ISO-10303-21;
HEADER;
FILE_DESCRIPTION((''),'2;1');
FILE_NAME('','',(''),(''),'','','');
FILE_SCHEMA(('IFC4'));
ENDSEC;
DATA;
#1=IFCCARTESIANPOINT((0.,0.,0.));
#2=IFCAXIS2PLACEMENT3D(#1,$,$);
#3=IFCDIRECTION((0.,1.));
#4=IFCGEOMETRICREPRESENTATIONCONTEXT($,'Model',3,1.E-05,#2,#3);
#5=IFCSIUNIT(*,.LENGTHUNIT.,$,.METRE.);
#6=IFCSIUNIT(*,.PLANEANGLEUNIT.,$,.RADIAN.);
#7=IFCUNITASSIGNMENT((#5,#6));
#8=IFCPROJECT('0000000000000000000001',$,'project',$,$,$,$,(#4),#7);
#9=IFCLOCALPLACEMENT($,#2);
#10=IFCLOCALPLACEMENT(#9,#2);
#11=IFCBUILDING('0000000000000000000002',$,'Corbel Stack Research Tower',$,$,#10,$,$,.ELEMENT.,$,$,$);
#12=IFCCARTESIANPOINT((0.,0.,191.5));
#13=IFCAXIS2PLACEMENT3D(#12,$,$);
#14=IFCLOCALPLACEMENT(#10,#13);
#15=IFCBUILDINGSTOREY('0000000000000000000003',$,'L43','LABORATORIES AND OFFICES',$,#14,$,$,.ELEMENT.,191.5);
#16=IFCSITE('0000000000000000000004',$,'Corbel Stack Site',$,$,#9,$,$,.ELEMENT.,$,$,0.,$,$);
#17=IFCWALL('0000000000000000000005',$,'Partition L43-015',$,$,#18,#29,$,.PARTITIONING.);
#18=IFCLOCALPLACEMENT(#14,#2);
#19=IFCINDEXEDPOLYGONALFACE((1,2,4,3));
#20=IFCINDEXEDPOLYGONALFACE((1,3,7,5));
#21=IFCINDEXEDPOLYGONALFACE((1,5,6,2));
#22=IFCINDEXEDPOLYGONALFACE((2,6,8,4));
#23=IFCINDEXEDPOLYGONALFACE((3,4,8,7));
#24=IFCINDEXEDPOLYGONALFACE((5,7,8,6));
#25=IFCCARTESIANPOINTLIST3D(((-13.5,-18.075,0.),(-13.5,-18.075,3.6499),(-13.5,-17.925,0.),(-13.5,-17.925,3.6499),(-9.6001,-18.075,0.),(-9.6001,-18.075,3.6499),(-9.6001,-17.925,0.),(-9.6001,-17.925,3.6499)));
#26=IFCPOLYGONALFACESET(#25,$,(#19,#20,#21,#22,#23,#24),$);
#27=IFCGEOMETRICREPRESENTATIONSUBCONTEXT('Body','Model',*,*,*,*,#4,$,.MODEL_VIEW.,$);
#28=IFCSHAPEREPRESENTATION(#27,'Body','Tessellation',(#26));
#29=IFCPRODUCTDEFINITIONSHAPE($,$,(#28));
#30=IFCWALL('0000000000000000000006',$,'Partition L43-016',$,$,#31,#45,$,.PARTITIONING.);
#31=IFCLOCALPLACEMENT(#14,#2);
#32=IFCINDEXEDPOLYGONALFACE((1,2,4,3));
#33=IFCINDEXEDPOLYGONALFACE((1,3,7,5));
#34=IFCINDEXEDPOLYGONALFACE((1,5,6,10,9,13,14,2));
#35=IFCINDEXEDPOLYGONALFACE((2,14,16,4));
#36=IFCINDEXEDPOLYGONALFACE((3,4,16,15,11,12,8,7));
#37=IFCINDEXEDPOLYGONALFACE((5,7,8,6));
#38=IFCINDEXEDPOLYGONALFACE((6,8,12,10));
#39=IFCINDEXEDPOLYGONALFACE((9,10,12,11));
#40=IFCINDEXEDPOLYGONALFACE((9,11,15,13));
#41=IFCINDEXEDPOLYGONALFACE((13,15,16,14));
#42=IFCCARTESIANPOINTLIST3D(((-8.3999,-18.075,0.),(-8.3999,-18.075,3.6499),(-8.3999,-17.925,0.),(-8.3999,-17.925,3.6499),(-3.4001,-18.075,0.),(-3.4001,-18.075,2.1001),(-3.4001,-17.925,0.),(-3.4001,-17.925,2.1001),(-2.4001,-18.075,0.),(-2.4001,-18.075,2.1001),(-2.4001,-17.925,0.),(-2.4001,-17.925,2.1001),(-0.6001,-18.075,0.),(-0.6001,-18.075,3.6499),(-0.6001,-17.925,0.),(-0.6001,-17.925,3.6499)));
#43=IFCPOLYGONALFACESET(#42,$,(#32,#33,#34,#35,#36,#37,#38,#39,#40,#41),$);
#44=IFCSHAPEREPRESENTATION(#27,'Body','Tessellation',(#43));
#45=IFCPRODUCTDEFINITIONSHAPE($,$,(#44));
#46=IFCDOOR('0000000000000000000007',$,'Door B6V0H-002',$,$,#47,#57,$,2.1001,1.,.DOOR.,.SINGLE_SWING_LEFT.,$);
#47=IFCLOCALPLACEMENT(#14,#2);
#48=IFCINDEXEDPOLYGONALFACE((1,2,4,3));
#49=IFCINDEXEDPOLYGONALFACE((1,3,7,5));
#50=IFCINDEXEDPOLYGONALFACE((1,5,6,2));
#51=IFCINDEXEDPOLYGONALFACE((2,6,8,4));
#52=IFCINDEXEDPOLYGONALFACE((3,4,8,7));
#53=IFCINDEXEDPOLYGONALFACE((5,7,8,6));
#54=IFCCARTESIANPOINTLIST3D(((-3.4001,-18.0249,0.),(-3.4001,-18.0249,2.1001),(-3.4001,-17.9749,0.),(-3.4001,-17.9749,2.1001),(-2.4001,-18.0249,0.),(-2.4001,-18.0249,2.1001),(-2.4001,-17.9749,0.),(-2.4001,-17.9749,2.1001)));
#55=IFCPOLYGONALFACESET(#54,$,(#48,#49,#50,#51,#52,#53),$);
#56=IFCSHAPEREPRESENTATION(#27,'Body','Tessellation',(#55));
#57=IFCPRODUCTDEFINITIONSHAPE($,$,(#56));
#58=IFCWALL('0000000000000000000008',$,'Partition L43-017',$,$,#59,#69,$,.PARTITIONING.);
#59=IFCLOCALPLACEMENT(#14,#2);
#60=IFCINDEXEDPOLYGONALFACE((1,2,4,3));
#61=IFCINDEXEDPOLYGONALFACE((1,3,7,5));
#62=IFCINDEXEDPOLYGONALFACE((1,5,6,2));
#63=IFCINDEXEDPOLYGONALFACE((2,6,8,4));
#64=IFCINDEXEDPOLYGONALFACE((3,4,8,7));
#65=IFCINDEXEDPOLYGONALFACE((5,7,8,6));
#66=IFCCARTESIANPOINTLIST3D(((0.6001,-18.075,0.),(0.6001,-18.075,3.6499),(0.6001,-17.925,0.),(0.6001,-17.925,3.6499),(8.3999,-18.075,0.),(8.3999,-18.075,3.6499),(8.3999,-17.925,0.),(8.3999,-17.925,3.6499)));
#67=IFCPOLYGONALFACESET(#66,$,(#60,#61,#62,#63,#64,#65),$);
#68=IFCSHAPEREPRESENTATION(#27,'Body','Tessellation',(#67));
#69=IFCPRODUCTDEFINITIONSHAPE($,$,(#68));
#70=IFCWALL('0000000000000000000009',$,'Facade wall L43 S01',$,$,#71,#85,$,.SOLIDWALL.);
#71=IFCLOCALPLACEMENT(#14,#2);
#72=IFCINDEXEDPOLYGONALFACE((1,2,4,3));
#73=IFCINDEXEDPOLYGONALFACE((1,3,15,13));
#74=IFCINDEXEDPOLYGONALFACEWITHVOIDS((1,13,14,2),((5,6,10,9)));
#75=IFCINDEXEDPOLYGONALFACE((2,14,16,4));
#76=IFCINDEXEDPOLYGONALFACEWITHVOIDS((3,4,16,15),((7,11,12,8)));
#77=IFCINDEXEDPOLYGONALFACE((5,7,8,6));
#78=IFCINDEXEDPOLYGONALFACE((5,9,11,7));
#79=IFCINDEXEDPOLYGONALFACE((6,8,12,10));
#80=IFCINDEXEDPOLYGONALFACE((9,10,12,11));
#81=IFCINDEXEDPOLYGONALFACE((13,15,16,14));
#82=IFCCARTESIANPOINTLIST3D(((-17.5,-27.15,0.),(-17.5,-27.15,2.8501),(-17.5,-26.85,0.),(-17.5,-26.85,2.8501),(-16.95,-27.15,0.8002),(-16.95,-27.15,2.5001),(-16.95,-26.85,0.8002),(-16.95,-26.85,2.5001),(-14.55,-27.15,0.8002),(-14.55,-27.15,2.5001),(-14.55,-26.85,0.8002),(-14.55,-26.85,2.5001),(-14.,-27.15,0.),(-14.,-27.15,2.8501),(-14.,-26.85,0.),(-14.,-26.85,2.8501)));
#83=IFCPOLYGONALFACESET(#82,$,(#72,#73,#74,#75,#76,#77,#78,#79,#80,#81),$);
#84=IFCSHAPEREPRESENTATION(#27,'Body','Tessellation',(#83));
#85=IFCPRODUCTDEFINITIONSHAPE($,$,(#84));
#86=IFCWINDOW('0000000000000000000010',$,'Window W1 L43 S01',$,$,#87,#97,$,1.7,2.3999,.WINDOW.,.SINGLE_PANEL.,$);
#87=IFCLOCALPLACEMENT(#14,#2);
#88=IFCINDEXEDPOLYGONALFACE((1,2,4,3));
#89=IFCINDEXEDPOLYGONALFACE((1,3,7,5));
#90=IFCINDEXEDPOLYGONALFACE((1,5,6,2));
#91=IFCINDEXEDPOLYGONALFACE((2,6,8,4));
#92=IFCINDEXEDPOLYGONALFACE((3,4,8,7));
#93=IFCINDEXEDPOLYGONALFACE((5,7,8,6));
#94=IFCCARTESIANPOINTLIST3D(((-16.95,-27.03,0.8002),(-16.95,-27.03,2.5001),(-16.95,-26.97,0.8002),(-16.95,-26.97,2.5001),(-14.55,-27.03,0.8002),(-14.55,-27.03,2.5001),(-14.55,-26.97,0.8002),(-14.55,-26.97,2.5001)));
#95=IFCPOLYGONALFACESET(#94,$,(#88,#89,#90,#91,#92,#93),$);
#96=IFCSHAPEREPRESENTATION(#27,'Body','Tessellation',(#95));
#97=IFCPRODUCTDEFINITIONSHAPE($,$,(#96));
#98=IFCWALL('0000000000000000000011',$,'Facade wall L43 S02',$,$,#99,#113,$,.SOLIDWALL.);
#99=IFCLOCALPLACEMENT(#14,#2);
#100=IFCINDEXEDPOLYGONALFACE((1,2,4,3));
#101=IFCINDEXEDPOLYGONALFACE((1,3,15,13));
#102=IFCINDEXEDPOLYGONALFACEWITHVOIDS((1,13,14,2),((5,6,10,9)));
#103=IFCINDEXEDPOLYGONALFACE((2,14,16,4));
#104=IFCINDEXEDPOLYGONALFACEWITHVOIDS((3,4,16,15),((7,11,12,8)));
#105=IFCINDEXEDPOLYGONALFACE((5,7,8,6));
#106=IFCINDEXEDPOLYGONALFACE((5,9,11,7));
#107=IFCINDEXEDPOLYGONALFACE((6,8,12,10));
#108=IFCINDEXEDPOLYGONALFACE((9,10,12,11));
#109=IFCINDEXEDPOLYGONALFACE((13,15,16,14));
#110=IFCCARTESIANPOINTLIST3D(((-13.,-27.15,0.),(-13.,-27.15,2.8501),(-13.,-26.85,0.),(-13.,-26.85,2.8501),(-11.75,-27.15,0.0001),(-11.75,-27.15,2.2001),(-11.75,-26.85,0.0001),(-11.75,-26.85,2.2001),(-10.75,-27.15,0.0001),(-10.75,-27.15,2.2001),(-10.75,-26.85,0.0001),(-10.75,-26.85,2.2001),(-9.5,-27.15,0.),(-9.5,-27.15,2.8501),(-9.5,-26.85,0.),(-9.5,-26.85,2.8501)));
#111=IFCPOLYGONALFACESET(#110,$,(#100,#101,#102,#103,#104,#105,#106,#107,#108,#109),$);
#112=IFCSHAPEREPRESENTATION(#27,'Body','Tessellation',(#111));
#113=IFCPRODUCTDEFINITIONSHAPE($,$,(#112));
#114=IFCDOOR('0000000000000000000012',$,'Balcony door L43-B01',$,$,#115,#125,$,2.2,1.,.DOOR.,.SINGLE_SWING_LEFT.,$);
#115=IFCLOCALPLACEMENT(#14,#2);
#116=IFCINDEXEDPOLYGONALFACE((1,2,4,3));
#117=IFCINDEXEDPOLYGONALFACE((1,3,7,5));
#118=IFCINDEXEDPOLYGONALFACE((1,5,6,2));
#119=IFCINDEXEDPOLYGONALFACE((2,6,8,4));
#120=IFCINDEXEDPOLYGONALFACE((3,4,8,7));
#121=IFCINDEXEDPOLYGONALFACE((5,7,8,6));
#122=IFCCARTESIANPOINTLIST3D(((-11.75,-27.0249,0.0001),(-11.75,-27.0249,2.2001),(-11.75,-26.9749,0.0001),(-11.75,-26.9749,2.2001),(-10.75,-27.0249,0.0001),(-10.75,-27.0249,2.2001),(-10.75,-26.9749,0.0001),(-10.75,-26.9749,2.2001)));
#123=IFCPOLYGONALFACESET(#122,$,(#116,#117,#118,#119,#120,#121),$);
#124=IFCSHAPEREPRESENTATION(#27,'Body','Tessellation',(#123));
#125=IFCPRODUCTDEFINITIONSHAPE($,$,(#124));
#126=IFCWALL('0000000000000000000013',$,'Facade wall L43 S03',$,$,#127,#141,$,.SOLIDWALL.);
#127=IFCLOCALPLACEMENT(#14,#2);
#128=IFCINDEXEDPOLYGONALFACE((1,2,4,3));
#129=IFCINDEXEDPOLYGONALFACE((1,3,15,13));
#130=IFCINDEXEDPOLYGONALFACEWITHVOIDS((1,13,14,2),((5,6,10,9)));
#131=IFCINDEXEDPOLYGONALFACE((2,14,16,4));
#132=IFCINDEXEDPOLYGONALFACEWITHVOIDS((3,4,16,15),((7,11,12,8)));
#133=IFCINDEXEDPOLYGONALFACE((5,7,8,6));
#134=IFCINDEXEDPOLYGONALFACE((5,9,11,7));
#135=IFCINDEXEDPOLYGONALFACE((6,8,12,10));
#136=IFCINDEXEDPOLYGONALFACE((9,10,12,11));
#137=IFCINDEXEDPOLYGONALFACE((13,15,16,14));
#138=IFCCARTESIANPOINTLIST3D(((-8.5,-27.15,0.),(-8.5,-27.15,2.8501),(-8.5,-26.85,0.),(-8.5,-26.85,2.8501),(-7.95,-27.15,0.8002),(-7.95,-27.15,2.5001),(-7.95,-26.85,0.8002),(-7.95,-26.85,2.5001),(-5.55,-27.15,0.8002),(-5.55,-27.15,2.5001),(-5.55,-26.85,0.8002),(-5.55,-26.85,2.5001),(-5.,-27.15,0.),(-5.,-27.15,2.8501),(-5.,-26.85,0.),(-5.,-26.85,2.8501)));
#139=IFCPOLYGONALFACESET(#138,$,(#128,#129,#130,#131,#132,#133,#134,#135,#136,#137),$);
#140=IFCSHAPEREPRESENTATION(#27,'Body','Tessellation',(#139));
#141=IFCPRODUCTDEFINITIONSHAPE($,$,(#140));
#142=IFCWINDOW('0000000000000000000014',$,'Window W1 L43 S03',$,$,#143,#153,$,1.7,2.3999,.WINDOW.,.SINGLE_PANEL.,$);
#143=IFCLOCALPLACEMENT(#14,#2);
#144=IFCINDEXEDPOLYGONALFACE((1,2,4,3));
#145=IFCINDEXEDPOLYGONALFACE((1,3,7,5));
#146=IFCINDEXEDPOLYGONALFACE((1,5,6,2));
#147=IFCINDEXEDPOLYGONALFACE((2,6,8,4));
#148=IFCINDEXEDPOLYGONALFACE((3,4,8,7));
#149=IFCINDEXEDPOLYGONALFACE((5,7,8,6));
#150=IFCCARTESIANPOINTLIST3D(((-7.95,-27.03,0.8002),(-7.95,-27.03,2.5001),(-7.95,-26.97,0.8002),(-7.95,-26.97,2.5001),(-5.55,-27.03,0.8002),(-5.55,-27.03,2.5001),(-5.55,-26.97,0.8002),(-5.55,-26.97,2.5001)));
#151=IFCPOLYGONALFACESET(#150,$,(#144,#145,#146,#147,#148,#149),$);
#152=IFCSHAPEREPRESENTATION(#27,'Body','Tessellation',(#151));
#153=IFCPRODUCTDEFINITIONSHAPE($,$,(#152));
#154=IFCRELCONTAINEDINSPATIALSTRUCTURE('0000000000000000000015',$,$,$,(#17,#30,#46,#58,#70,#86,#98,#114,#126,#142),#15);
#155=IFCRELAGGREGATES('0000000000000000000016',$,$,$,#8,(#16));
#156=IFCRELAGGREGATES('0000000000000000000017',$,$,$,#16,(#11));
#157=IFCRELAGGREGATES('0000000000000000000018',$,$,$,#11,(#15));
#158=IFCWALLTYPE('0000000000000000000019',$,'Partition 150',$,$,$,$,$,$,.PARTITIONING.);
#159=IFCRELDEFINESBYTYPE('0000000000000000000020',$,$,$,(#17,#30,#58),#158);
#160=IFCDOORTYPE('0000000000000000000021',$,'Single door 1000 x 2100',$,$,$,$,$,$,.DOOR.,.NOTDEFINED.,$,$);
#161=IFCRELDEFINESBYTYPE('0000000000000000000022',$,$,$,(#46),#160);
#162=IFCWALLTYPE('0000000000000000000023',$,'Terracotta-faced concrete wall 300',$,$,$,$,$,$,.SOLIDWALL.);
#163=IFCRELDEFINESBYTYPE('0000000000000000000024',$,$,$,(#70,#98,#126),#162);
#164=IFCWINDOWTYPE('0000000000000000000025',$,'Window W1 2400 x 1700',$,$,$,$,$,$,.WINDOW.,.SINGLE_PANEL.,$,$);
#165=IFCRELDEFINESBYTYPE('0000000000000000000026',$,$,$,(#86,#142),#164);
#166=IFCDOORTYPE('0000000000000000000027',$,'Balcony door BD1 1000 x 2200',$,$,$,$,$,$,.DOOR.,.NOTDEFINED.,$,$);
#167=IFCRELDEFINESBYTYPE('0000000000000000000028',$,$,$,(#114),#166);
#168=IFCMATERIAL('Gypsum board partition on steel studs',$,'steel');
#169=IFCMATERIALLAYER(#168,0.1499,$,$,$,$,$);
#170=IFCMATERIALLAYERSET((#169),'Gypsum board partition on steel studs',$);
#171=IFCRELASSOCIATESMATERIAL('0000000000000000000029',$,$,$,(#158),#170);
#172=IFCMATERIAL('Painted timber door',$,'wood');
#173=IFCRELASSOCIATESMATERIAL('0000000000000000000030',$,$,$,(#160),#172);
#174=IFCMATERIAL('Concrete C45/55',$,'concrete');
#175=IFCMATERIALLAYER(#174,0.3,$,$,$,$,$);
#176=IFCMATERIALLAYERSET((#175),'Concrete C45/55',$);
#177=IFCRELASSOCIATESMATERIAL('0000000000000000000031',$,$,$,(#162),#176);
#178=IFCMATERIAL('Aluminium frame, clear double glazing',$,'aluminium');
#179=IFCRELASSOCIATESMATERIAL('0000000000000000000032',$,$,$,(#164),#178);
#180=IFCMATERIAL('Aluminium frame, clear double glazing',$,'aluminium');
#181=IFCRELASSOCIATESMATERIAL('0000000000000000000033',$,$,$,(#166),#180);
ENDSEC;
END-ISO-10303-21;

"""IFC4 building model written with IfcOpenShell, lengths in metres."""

from ifc_helpers import new_model, si_unit, direction, frame, frame_2d, origin, place, context, subcontext, project, spatial, rectangle, extrude, material, layer, layer_set, type_object, element, fill, save


model = new_model("IFC4")

# Units and contexts
model_context = context("Model", 3, precision=1e-05, world=origin(), true_north=direction((0.0, 1.0)))
body_context = subcontext(model_context, "Body", "Model", "MODEL_VIEW")
ifc_project = project(units=[si_unit("LENGTHUNIT", "METRE"), si_unit("PLANEANGLEUNIT", "RADIAN")], contexts=[model_context])

# Site, building, storey
site_placement = place(None, origin())
site = spatial("IfcSite", under=ifc_project, at=site_placement, Name="Corbel Stack Site", CompositionType="ELEMENT", RefElevation=0.0)
building_placement = place(site_placement, origin())
building = spatial("IfcBuilding", under=site, at=building_placement, Name="Corbel Stack Research Tower", CompositionType="ELEMENT")
storey_placement = place(building_placement, frame((0.0, 0.0, 191.5)))
storey = spatial("IfcBuildingStorey", under=building, at=storey_placement, Name="L43", Description="LABORATORIES AND OFFICES", CompositionType="ELEMENT", Elevation=191.5)

# Wall
ifc_material_1 = material(Name="Gypsum board partition on steel studs", Category="steel")
ifc_layer_1 = layer(ifc_material_1, 0.1499)
ifc_layer_set_1 = layer_set([ifc_layer_1], Name="Gypsum board partition on steel studs")
wall_type_1 = type_object("IfcWallType", Name="Partition 150", PredefinedType="PARTITIONING", material=ifc_layer_set_1)
wall_1_placement = place(storey_placement, frame((-13.5, -18.0, 0.0), z_axis=(0.0, 0.0, 1.0), x_axis=(1.0, 0.0, 0.0)))
element("IfcWall", 1, at=wall_1_placement, inside=storey, type_object=wall_type_1, Name="Partition L43-015", PredefinedType="PARTITIONING", context=body_context, shape_type="SweptSolid", body=[
    extrude(rectangle(XDim=3.8999, YDim=0.1499, at=frame_2d((1.95, 0.0))), origin(), (0.0, 0.0, 1.0), 3.6499),
])

# Wall, opening, door
wall_2_placement = place(storey_placement, frame((-0.6001, -18.0, 0.0), z_axis=(0.0, 0.0, 1.0), x_axis=(-1.0, 0.0, 0.0)))
wall_2 = element("IfcWall", 2, at=wall_2_placement, inside=storey, type_object=wall_type_1, Name="Partition L43-016", PredefinedType="PARTITIONING", context=body_context, shape_type="SweptSolid", body=[
    extrude(rectangle(XDim=7.7998, YDim=0.1499, at=frame_2d((3.8999, 0.0))), origin(), (0.0, 0.0, 1.0), 3.6499),
])
opening_1_placement = place(wall_2_placement, frame((1.8, 0.0, 0.0)))
opening_1 = element("IfcOpeningElement", 3, at=opening_1_placement, cuts=wall_2, PredefinedType="OPENING", context=body_context, shape_type="SweptSolid", body=[
    extrude(rectangle(XDim=1.0, YDim=2.1001, at=frame_2d((0.5, 1.05))), frame((0.0, 0.085, 0.0), z_axis=(0.0, -1.0, 0.0), x_axis=(1.0, 0.0, 0.0)), (0.0, 0.0, 1.0), 0.1699),
])
ifc_material_2 = material(Name="Painted timber door", Category="wood")
door_type_1 = type_object("IfcDoorType", Name="Single door 1000 x 2100", OperationType="NOTDEFINED", PredefinedType="DOOR", material=ifc_material_2)
door_1_placement = place(opening_1_placement, origin())
door_1 = element("IfcDoor", 4, at=door_1_placement, inside=storey, type_object=door_type_1, Name="Door B6V0H-002", OperationType="SINGLE_SWING_LEFT", OverallHeight=2.1001, OverallWidth=1.0, PredefinedType="DOOR", context=body_context, shape_type="SweptSolid", body=[
    extrude(rectangle(XDim=1.0, YDim=2.1001, at=frame_2d((0.5, 1.05))), frame((0.0, 0.0249, 0.0), z_axis=(0.0, -1.0, 0.0), x_axis=(1.0, 0.0, 0.0)), (0.0, 0.0, 1.0), 0.05),
])
fill(opening_1, door_1)

# Wall
wall_3_placement = place(storey_placement, frame((0.6001, -18.0, 0.0), z_axis=(0.0, 0.0, 1.0), x_axis=(1.0, 0.0, 0.0)))
element("IfcWall", 5, at=wall_3_placement, inside=storey, type_object=wall_type_1, Name="Partition L43-017", PredefinedType="PARTITIONING", context=body_context, shape_type="SweptSolid", body=[
    extrude(rectangle(XDim=7.7998, YDim=0.1499, at=frame_2d((3.8999, 0.0))), origin(), (0.0, 0.0, 1.0), 3.6499),
])

# Wall, opening, window
ifc_material_3 = material(Name="Concrete C45/55", Category="concrete")
ifc_layer_2 = layer(ifc_material_3, 0.3)
ifc_layer_set_2 = layer_set([ifc_layer_2], Name="Concrete C45/55")
wall_type_2 = type_object("IfcWallType", Name="Terracotta-faced concrete wall 300", PredefinedType="SOLIDWALL", material=ifc_layer_set_2)
wall_4_placement = place(storey_placement, frame((-14.0, -27.0, 0.0), z_axis=(0.0, 0.0, 1.0), x_axis=(-1.0, 0.0, 0.0)))
wall_4 = element("IfcWall", 6, at=wall_4_placement, inside=storey, type_object=wall_type_2, Name="Facade wall L43 S01", PredefinedType="SOLIDWALL", context=body_context, shape_type="SweptSolid", body=[
    extrude(rectangle(XDim=3.5, YDim=0.3, at=frame_2d((1.75, 0.0))), origin(), (0.0, 0.0, 1.0), 2.8501),
])
opening_2_placement = place(wall_4_placement, frame((0.55, 0.0, 0.8)))
opening_2 = element("IfcOpeningElement", 7, at=opening_2_placement, cuts=wall_4, PredefinedType="OPENING", context=body_context, shape_type="SweptSolid", body=[
    extrude(rectangle(XDim=2.3999, YDim=1.7, at=frame_2d((1.2, 0.8501))), frame((0.0, 0.1599, 0.0), z_axis=(0.0, -1.0, 0.0), x_axis=(1.0, 0.0, 0.0)), (0.0, 0.0, 1.0), 0.3201),
])
ifc_material_4 = material(Name="Aluminium frame, clear double glazing", Category="aluminium")
window_type = type_object("IfcWindowType", Name="Window W1 2400 x 1700", PartitioningType="SINGLE_PANEL", PredefinedType="WINDOW", material=ifc_material_4)
window_1_placement = place(opening_2_placement, origin())
window_1 = element("IfcWindow", 8, at=window_1_placement, inside=storey, type_object=window_type, Name="Window W1 L43 S01", OverallHeight=1.7, OverallWidth=2.3999, PartitioningType="SINGLE_PANEL", PredefinedType="WINDOW", context=body_context, shape_type="SweptSolid", body=[
    extrude(rectangle(XDim=2.3999, YDim=1.7, at=frame_2d((1.2, 0.8501))), frame((0.0, 0.03, 0.0), z_axis=(0.0, -1.0, 0.0), x_axis=(1.0, 0.0, 0.0)), (0.0, 0.0, 1.0), 0.0601),
])
fill(opening_2, window_1)

# Wall, opening, door
wall_5_placement = place(storey_placement, frame((-9.5, -27.0, 0.0), z_axis=(0.0, 0.0, 1.0), x_axis=(-1.0, 0.0, 0.0)))
wall_5 = element("IfcWall", 9, at=wall_5_placement, inside=storey, type_object=wall_type_2, Name="Facade wall L43 S02", PredefinedType="SOLIDWALL", context=body_context, shape_type="SweptSolid", body=[
    extrude(rectangle(XDim=3.5, YDim=0.3, at=frame_2d((1.75, 0.0))), origin(), (0.0, 0.0, 1.0), 2.8501),
])
opening_3_placement = place(wall_5_placement, frame((1.25, 0.0, 0.0)))
opening_3 = element("IfcOpeningElement", 10, at=opening_3_placement, cuts=wall_5, PredefinedType="OPENING", context=body_context, shape_type="SweptSolid", body=[
    extrude(rectangle(XDim=1.0, YDim=2.2, at=frame_2d((0.5, 1.1001))), frame((0.0, 0.1599, 0.0), z_axis=(0.0, -1.0, 0.0), x_axis=(1.0, 0.0, 0.0)), (0.0, 0.0, 1.0), 0.3201),
])
ifc_material_5 = material(Name="Aluminium frame, clear double glazing", Category="aluminium")
door_type_2 = type_object("IfcDoorType", Name="Balcony door BD1 1000 x 2200", OperationType="NOTDEFINED", PredefinedType="DOOR", material=ifc_material_5)
door_2_placement = place(opening_3_placement, origin())
door_2 = element("IfcDoor", 11, at=door_2_placement, inside=storey, type_object=door_type_2, Name="Balcony door L43-B01", OperationType="SINGLE_SWING_LEFT", OverallHeight=2.2, OverallWidth=1.0, PredefinedType="DOOR", context=body_context, shape_type="SweptSolid", body=[
    extrude(rectangle(XDim=1.0, YDim=2.2, at=frame_2d((0.5, 1.1001))), frame((0.0, 0.0249, 0.0), z_axis=(0.0, -1.0, 0.0), x_axis=(1.0, 0.0, 0.0)), (0.0, 0.0, 1.0), 0.05),
])
fill(opening_3, door_2)

# Wall, opening, window
wall_6_placement = place(storey_placement, frame((-5.0, -27.0, 0.0), z_axis=(0.0, 0.0, 1.0), x_axis=(-1.0, 0.0, 0.0)))
wall_6 = element("IfcWall", 12, at=wall_6_placement, inside=storey, type_object=wall_type_2, Name="Facade wall L43 S03", PredefinedType="SOLIDWALL", context=body_context, shape_type="SweptSolid", body=[
    extrude(rectangle(XDim=3.5, YDim=0.3, at=frame_2d((1.75, 0.0))), origin(), (0.0, 0.0, 1.0), 2.8501),
])
opening_4_placement = place(wall_6_placement, frame((0.55, 0.0, 0.8)))
opening_4 = element("IfcOpeningElement", 13, at=opening_4_placement, cuts=wall_6, PredefinedType="OPENING", context=body_context, shape_type="SweptSolid", body=[
    extrude(rectangle(XDim=2.3999, YDim=1.7, at=frame_2d((1.2, 0.8501))), frame((0.0, 0.1599, 0.0), z_axis=(0.0, -1.0, 0.0), x_axis=(1.0, 0.0, 0.0)), (0.0, 0.0, 1.0), 0.3201),
])
window_2_placement = place(opening_4_placement, origin())
window_2 = element("IfcWindow", 14, at=window_2_placement, inside=storey, type_object=window_type, Name="Window W1 L43 S03", OverallHeight=1.7, OverallWidth=2.3999, PartitioningType="SINGLE_PANEL", PredefinedType="WINDOW", context=body_context, shape_type="SweptSolid", body=[
    extrude(rectangle(XDim=2.3999, YDim=1.7, at=frame_2d((1.2, 0.8501))), frame((0.0, 0.03, 0.0), z_axis=(0.0, -1.0, 0.0), x_axis=(1.0, 0.0, 0.0)), (0.0, 0.0, 1.0), 0.0601),
])
fill(opening_4, window_2)

save(model, "model.ifc")
